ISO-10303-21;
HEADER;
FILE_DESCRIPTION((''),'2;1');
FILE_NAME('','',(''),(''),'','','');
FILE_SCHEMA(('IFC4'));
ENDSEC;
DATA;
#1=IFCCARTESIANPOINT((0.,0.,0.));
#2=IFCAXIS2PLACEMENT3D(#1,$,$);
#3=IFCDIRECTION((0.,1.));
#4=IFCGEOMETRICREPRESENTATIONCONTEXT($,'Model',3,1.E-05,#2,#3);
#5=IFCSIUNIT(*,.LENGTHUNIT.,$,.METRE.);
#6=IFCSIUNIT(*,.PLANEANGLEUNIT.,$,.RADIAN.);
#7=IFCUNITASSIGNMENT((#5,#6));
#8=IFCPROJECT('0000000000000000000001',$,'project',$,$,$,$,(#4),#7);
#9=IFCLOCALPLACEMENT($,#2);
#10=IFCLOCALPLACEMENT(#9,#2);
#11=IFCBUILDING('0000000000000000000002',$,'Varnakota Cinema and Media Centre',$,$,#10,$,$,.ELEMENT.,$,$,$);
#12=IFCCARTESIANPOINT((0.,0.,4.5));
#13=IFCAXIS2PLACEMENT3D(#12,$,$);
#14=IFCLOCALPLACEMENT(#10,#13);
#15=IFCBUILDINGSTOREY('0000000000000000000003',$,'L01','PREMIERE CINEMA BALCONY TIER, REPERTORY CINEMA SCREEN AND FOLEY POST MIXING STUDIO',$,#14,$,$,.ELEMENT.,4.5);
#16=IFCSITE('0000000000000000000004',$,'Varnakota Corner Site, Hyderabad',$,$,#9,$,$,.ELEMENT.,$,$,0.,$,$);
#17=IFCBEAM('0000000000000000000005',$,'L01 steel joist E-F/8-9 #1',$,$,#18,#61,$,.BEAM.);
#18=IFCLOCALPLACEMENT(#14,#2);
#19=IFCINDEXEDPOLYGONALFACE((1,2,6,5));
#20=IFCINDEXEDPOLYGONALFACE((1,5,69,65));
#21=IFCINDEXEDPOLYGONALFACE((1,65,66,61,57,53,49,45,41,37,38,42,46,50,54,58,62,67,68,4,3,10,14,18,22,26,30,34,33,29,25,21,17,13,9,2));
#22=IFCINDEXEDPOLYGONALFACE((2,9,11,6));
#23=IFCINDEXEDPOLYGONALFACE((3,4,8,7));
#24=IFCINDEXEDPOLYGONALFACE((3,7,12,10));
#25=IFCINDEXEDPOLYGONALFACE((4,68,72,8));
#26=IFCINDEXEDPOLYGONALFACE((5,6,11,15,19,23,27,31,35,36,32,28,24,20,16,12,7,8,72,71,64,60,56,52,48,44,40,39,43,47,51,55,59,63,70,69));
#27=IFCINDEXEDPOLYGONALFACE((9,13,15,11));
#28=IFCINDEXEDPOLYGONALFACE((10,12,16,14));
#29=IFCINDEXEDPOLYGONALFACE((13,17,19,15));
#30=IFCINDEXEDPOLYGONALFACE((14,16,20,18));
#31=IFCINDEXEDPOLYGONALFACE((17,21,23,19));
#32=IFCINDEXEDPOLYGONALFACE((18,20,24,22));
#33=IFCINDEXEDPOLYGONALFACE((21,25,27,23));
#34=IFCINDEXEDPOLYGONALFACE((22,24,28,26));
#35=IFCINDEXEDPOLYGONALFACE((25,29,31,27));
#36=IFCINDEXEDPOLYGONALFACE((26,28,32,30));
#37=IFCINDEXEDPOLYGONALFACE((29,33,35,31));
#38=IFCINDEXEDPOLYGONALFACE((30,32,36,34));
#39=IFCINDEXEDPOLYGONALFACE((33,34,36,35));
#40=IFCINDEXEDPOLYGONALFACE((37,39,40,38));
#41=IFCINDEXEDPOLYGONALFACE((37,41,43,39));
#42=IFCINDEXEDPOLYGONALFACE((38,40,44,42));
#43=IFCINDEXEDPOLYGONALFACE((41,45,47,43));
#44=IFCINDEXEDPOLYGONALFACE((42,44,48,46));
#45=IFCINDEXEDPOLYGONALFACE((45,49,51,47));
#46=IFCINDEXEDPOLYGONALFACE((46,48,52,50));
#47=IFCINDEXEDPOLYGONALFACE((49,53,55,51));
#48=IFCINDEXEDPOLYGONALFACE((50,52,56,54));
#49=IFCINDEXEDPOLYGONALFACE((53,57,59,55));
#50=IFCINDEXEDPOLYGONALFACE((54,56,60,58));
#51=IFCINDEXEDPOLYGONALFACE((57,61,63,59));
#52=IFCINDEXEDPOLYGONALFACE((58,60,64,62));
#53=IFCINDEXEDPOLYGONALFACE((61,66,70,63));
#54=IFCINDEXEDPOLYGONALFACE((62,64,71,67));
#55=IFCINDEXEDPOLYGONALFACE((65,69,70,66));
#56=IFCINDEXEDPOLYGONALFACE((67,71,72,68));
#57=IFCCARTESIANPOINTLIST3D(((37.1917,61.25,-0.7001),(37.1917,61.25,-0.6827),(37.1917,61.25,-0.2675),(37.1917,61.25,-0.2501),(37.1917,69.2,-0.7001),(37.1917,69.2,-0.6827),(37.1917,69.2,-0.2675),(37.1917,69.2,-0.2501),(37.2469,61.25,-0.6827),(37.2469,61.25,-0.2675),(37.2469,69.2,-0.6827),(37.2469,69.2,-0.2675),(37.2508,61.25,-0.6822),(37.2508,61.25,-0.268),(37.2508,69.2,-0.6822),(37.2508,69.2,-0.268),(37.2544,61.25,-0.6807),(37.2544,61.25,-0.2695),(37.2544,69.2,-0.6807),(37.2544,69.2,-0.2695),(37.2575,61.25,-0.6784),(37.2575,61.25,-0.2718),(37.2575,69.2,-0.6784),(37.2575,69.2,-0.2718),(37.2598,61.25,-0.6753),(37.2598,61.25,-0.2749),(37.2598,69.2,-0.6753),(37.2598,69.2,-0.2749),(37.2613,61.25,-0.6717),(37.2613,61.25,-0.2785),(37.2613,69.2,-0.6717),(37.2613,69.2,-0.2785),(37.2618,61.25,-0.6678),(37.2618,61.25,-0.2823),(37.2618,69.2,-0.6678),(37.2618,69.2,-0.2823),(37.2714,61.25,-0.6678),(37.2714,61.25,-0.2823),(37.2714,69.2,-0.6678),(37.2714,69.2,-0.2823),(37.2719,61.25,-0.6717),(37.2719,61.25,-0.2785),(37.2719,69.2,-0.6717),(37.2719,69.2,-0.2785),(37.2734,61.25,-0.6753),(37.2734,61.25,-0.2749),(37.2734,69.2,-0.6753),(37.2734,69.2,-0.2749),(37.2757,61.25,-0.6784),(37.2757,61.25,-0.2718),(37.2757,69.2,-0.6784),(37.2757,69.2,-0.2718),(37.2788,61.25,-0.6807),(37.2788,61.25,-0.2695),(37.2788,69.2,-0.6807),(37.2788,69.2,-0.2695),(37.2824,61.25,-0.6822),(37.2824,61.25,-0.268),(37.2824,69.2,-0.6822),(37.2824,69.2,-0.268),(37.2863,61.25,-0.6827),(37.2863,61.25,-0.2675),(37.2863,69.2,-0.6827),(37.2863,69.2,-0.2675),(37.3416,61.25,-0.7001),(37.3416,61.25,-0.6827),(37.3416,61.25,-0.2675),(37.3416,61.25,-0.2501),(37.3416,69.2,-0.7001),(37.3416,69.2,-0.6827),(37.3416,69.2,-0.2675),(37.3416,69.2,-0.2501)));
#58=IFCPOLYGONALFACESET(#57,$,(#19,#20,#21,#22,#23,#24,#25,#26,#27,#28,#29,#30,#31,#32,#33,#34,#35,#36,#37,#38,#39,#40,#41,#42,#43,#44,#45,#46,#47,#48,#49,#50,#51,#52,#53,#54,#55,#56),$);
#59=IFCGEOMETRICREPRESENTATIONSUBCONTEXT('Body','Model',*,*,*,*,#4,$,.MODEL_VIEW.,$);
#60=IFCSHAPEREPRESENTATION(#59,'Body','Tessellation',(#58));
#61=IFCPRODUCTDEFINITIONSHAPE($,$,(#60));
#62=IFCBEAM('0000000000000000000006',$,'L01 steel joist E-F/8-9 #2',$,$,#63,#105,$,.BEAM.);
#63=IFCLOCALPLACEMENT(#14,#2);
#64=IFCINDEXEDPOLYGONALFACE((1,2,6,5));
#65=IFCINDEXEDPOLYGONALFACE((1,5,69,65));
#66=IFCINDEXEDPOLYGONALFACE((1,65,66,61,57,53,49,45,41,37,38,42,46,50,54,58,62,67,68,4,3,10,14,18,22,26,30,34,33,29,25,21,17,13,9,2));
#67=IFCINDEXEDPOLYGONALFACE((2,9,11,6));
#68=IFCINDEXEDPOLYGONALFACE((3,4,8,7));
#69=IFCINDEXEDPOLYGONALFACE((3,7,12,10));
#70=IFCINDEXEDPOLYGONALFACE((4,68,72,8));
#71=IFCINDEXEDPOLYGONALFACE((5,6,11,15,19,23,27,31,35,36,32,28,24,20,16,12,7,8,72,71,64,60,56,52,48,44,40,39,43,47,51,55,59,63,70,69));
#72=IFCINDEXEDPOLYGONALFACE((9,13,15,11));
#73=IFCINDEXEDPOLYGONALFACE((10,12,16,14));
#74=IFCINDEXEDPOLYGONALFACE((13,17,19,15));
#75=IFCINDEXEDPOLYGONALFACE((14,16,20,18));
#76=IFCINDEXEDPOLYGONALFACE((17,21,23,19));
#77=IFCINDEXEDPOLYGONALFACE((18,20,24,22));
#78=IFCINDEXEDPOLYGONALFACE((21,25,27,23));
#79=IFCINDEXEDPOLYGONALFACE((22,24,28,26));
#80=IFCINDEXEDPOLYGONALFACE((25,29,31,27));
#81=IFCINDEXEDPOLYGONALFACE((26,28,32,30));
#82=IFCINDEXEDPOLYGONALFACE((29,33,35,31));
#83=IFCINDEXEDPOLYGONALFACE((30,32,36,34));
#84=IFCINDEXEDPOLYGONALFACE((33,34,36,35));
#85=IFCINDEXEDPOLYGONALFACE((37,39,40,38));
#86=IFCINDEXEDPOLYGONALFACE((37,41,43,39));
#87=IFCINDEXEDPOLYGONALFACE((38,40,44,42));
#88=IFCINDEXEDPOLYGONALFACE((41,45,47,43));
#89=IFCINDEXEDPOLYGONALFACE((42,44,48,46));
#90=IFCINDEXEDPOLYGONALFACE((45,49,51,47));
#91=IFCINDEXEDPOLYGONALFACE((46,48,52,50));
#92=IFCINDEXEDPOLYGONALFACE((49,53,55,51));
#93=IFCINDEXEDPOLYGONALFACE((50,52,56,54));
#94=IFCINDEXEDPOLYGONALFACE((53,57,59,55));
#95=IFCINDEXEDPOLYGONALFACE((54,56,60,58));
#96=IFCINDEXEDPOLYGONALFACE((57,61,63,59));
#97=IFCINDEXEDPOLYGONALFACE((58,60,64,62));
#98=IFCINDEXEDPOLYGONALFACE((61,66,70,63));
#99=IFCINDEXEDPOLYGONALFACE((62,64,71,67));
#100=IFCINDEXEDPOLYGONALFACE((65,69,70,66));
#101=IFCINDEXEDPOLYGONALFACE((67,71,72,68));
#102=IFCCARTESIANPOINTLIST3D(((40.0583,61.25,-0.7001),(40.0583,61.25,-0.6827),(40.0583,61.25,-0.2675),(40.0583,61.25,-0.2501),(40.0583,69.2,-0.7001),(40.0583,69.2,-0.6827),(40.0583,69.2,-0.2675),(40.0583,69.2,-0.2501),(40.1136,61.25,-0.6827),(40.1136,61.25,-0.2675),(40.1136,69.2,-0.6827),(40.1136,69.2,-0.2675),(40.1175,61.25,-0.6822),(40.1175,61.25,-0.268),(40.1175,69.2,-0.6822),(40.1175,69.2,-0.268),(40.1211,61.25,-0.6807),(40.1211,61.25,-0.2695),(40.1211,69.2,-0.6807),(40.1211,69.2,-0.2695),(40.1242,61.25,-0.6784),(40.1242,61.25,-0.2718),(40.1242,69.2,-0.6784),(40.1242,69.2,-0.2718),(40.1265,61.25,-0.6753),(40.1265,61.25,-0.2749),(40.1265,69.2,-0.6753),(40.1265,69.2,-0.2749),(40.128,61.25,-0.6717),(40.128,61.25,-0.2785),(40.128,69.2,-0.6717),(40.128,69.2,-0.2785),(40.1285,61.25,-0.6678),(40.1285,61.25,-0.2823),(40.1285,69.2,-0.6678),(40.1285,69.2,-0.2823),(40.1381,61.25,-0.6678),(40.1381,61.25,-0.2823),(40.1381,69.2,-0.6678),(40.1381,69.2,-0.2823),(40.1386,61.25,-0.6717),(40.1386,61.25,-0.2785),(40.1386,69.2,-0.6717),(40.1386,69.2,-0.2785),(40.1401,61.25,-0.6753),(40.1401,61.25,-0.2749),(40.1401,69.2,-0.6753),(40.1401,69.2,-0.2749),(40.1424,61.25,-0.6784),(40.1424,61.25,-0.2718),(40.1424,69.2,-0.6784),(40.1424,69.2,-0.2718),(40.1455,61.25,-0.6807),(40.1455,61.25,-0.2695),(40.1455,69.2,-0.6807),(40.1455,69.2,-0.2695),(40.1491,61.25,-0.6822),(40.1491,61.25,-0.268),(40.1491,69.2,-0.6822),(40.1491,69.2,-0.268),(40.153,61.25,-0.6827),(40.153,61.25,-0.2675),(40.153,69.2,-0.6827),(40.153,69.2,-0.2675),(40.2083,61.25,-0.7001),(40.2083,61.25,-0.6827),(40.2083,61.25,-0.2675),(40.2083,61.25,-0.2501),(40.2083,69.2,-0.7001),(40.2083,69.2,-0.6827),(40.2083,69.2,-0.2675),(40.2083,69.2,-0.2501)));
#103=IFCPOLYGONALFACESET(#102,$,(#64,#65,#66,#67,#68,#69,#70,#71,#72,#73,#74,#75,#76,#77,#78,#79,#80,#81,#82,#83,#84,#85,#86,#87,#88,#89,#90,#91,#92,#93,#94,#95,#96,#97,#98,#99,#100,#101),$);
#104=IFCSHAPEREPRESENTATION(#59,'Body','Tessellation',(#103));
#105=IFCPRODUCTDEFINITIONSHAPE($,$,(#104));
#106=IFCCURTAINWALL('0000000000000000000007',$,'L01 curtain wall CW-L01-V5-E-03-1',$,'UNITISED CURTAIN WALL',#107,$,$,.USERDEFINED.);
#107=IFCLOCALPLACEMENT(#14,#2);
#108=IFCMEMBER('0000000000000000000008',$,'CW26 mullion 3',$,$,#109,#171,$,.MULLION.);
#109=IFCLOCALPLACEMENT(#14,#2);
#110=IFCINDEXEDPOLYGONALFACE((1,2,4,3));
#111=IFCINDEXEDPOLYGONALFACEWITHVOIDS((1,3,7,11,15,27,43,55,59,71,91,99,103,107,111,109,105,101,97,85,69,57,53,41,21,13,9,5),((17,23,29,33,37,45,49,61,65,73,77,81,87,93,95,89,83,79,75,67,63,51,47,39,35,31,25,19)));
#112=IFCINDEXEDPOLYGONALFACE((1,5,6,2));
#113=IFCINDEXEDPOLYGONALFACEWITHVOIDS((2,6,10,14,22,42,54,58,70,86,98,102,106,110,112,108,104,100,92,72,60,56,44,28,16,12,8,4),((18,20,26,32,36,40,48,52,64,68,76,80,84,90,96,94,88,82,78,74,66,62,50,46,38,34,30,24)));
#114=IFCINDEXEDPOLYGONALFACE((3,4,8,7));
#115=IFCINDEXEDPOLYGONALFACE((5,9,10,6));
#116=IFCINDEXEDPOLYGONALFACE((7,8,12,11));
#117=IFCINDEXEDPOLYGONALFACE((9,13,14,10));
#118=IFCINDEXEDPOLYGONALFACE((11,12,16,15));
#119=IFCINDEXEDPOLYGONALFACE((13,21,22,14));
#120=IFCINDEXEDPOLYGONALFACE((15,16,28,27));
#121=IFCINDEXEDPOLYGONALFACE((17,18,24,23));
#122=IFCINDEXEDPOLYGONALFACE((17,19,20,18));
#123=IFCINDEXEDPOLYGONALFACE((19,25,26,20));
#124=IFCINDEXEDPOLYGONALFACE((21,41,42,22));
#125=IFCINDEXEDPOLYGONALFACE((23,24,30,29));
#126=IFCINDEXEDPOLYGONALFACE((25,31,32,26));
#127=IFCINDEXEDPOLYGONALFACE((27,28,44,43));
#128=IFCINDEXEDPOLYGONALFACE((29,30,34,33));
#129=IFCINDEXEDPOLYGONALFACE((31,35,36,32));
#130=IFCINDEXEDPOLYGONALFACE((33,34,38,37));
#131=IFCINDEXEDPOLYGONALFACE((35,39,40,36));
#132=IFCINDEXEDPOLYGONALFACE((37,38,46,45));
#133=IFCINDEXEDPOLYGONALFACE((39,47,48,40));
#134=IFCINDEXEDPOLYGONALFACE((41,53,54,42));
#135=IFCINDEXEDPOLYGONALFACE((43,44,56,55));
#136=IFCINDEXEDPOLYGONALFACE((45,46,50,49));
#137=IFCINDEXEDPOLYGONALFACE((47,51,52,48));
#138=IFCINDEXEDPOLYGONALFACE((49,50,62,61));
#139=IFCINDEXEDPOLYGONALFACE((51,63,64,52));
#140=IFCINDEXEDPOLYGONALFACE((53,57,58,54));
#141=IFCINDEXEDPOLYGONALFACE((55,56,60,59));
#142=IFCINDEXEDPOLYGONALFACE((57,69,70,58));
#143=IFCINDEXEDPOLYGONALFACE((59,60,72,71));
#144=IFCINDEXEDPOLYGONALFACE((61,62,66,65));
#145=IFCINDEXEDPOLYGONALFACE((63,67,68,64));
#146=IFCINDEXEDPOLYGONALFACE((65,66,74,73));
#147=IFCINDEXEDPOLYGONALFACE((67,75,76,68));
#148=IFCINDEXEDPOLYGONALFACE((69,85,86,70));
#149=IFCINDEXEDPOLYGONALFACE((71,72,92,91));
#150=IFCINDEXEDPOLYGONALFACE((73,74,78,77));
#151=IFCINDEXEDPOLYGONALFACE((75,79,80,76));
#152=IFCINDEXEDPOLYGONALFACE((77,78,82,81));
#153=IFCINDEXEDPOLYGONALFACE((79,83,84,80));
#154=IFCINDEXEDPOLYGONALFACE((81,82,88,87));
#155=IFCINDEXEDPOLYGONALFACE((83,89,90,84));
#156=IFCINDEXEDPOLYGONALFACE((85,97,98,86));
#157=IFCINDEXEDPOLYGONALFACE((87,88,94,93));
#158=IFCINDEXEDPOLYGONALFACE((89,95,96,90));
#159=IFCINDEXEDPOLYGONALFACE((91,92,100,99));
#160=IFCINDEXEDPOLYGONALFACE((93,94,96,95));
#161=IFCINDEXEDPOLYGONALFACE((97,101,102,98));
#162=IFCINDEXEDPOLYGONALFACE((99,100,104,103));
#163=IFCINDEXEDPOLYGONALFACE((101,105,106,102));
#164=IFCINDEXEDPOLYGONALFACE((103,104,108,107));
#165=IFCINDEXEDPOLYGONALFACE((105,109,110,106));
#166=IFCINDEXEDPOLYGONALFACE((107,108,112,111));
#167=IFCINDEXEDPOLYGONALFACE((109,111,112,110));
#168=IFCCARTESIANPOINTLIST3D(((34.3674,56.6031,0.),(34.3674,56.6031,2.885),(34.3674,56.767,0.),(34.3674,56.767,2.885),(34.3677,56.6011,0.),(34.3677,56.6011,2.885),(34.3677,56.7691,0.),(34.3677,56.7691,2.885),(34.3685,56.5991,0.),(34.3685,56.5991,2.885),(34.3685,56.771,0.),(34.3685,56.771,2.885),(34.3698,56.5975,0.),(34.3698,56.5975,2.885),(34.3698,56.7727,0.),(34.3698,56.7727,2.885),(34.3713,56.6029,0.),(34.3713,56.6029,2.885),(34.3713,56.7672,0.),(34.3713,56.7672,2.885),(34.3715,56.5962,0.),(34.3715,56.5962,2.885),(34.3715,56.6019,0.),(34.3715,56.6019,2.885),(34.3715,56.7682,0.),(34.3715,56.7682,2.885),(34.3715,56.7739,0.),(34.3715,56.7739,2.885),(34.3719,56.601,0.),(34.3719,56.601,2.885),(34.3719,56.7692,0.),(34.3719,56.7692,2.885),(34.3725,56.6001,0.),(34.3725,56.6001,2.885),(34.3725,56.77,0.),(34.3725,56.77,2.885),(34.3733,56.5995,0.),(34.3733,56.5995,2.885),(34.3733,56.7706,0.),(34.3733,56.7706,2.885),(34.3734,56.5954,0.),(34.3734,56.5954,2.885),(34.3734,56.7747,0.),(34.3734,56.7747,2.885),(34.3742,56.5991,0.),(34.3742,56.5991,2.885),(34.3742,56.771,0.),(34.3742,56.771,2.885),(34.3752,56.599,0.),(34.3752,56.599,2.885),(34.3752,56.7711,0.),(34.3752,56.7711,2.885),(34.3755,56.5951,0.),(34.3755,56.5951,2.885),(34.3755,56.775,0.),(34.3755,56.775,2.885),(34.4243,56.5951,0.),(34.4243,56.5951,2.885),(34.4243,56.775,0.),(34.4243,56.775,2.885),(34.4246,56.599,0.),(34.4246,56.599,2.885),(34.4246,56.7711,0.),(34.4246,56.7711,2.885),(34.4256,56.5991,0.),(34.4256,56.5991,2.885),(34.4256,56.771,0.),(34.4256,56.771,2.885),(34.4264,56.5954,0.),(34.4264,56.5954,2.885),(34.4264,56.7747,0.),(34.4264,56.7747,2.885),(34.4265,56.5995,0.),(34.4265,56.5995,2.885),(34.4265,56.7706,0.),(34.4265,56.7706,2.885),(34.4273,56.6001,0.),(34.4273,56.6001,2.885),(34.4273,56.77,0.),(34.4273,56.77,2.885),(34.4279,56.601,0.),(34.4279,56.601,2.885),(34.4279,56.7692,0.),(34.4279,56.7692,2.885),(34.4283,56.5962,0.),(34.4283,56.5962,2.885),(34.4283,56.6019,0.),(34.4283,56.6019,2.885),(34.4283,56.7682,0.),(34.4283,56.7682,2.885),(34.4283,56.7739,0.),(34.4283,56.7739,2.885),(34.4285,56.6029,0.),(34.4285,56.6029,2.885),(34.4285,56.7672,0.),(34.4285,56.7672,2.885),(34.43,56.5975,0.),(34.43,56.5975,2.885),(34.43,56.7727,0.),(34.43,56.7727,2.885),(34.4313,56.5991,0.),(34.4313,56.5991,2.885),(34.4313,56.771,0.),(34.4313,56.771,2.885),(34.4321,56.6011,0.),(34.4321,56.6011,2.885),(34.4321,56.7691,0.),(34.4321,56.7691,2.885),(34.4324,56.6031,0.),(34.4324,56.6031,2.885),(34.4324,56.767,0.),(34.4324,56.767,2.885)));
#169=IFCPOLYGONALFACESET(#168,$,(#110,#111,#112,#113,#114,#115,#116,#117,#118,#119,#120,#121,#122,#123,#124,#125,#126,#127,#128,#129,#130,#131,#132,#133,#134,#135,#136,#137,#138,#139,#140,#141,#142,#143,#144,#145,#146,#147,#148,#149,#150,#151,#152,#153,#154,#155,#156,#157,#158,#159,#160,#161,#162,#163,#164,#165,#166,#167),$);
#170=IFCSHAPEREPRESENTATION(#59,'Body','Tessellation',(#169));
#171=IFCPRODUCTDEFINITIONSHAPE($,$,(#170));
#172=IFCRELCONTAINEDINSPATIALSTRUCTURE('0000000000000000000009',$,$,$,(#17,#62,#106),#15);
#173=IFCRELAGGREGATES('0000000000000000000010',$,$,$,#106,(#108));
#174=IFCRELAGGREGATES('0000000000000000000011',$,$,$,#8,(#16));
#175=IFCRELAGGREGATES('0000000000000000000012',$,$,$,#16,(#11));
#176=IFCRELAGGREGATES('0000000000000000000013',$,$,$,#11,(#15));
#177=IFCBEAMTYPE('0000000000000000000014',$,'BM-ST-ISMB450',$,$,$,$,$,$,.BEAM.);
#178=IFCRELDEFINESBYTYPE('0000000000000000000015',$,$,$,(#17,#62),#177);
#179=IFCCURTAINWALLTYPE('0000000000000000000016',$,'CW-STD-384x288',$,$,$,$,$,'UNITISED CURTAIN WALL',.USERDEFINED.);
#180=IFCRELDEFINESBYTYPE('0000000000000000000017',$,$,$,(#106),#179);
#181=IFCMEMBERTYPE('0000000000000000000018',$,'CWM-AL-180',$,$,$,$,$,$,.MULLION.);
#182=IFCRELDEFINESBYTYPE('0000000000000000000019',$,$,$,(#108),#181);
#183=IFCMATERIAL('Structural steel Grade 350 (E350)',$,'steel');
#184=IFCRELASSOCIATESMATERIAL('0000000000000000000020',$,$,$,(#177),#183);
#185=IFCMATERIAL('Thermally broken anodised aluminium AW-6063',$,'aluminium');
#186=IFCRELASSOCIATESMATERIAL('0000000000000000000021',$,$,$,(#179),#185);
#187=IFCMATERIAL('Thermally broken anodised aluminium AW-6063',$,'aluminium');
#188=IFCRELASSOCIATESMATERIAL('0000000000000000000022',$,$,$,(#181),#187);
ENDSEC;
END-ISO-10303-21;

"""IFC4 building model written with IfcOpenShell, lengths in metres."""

from ifc_helpers import new_model, si_unit, direction, frame, origin, origin_2d, place, context, subcontext, project, spatial, hollow_rectangle, i_section, extrude, material, material_profile, profile_set, type_object, element, aggregate, save


model = new_model("IFC4")

# Units and contexts
model_context = context("Model", 3, precision=1e-05, world=origin(), true_north=direction((0.0, 1.0)))
body_context = subcontext(model_context, "Body", "Model", "MODEL_VIEW")
ifc_project = project(units=[si_unit("LENGTHUNIT", "METRE"), si_unit("PLANEANGLEUNIT", "RADIAN")], contexts=[model_context])

# Site, building, storey
site_placement = place(None, origin())
site = spatial("IfcSite", under=ifc_project, at=site_placement, Name="Varnakota Corner Site, Hyderabad", CompositionType="ELEMENT", RefElevation=0.0)
building_placement = place(site_placement, origin())
building = spatial("IfcBuilding", under=site, at=building_placement, Name="Varnakota Cinema and Media Centre", CompositionType="ELEMENT")
storey_placement = place(building_placement, frame((0.0, 0.0, 4.5)))
storey = spatial("IfcBuildingStorey", under=building, at=storey_placement, Name="L01", Description="PREMIERE CINEMA BALCONY TIER, REPERTORY CINEMA SCREEN AND FOLEY POST MIXING STUDIO", CompositionType="ELEMENT", Elevation=4.5)

# Beams
ifc_material_1 = material(Name="Structural steel Grade 350 (E350)", Category="steel")
ifc_material_profile_1 = material_profile(ifc_material_1, i_section(OverallWidth=0.1499, OverallDepth=0.45, WebThickness=0.0095, FlangeThickness=0.0173, FilletRadius=0.0149, at=origin_2d()), Name="ISMB 450")
ifc_profile_set_1 = profile_set([ifc_material_profile_1], Name="Structural steel Grade 350 (E350)")
beam_type_1 = type_object("IfcBeamType", Name="BM-ST-ISMB450", PredefinedType="BEAM", material=ifc_profile_set_1)
for number, where, z_axis, x_axis, name in (
    (1, (37.2666, 61.25, -0.4751), (0.0, 1.0, 0.0), (-1.0, 0.0, 0.0), "L01 steel joist E-F/8-9 #1"),
    (2, (40.1333, 61.25, -0.4751), (0.0, 1.0, 0.0), (-1.0, 0.0, 0.0), "L01 steel joist E-F/8-9 #2"),
):
    element("IfcBeam", number, at=place(storey_placement, frame(where, z_axis=z_axis, x_axis=x_axis)), inside=storey, type_object=beam_type_1, Name=name, PredefinedType="BEAM", context=body_context, shape_type="SweptSolid", body=[
        extrude(i_section(OverallWidth=0.1499, OverallDepth=0.45, WebThickness=0.0095, FlangeThickness=0.0173, FilletRadius=0.0149, at=origin_2d()), origin(), (0.0, 0.0, 1.0), 7.95),
    ])

# Curtain wall, member
ifc_material_2 = material(Name="Thermally broken anodised aluminium AW-6063", Category="aluminium")
curtain_wall_type = type_object("IfcCurtainWallType", Name="CW-STD-384x288", ElementType="UNITISED CURTAIN WALL", PredefinedType="USERDEFINED", material=ifc_material_2)
curtain_wall_1_placement = place(storey_placement, origin())
curtain_wall_1 = element("IfcCurtainWall", 3, at=curtain_wall_1_placement, inside=storey, type_object=curtain_wall_type, Name="L01 curtain wall CW-L01-V5-E-03-1", ObjectType="UNITISED CURTAIN WALL", PredefinedType="USERDEFINED")
ifc_material_3 = material(Name="Thermally broken anodised aluminium AW-6063", Category="aluminium")
ifc_material_profile_2 = material_profile(ifc_material_3, hollow_rectangle(XDim=0.0649, YDim=0.1799, WallThickness=0.0039, InnerFilletRadius=0.0039, OuterFilletRadius=0.0081, at=origin_2d()), Name="AL-MULLION 180x65x4")
ifc_profile_set_2 = profile_set([ifc_material_profile_2], Name="Thermally broken anodised aluminium AW-6063")
member_type_1 = type_object("IfcMemberType", Name="CWM-AL-180", PredefinedType="MULLION", material=ifc_profile_set_2)
member_1_placement = place(storey_placement, frame((34.3999, 56.6851, 0.0), z_axis=(0.0, 0.0, 1.0), x_axis=(-1.0, 0.0, 0.0)))
member_1 = element("IfcMember", 4, at=member_1_placement, type_object=member_type_1, Name="CW26 mullion 3", PredefinedType="MULLION", context=body_context, shape_type="SweptSolid", body=[
    extrude(hollow_rectangle(XDim=0.0649, YDim=0.1799, WallThickness=0.0039, InnerFilletRadius=0.0039, OuterFilletRadius=0.0081, at=origin_2d()), origin(), (0.0, 0.0, 1.0), 2.885),
])

aggregate(curtain_wall_1, [member_1])

save(model, "model.ifc")
